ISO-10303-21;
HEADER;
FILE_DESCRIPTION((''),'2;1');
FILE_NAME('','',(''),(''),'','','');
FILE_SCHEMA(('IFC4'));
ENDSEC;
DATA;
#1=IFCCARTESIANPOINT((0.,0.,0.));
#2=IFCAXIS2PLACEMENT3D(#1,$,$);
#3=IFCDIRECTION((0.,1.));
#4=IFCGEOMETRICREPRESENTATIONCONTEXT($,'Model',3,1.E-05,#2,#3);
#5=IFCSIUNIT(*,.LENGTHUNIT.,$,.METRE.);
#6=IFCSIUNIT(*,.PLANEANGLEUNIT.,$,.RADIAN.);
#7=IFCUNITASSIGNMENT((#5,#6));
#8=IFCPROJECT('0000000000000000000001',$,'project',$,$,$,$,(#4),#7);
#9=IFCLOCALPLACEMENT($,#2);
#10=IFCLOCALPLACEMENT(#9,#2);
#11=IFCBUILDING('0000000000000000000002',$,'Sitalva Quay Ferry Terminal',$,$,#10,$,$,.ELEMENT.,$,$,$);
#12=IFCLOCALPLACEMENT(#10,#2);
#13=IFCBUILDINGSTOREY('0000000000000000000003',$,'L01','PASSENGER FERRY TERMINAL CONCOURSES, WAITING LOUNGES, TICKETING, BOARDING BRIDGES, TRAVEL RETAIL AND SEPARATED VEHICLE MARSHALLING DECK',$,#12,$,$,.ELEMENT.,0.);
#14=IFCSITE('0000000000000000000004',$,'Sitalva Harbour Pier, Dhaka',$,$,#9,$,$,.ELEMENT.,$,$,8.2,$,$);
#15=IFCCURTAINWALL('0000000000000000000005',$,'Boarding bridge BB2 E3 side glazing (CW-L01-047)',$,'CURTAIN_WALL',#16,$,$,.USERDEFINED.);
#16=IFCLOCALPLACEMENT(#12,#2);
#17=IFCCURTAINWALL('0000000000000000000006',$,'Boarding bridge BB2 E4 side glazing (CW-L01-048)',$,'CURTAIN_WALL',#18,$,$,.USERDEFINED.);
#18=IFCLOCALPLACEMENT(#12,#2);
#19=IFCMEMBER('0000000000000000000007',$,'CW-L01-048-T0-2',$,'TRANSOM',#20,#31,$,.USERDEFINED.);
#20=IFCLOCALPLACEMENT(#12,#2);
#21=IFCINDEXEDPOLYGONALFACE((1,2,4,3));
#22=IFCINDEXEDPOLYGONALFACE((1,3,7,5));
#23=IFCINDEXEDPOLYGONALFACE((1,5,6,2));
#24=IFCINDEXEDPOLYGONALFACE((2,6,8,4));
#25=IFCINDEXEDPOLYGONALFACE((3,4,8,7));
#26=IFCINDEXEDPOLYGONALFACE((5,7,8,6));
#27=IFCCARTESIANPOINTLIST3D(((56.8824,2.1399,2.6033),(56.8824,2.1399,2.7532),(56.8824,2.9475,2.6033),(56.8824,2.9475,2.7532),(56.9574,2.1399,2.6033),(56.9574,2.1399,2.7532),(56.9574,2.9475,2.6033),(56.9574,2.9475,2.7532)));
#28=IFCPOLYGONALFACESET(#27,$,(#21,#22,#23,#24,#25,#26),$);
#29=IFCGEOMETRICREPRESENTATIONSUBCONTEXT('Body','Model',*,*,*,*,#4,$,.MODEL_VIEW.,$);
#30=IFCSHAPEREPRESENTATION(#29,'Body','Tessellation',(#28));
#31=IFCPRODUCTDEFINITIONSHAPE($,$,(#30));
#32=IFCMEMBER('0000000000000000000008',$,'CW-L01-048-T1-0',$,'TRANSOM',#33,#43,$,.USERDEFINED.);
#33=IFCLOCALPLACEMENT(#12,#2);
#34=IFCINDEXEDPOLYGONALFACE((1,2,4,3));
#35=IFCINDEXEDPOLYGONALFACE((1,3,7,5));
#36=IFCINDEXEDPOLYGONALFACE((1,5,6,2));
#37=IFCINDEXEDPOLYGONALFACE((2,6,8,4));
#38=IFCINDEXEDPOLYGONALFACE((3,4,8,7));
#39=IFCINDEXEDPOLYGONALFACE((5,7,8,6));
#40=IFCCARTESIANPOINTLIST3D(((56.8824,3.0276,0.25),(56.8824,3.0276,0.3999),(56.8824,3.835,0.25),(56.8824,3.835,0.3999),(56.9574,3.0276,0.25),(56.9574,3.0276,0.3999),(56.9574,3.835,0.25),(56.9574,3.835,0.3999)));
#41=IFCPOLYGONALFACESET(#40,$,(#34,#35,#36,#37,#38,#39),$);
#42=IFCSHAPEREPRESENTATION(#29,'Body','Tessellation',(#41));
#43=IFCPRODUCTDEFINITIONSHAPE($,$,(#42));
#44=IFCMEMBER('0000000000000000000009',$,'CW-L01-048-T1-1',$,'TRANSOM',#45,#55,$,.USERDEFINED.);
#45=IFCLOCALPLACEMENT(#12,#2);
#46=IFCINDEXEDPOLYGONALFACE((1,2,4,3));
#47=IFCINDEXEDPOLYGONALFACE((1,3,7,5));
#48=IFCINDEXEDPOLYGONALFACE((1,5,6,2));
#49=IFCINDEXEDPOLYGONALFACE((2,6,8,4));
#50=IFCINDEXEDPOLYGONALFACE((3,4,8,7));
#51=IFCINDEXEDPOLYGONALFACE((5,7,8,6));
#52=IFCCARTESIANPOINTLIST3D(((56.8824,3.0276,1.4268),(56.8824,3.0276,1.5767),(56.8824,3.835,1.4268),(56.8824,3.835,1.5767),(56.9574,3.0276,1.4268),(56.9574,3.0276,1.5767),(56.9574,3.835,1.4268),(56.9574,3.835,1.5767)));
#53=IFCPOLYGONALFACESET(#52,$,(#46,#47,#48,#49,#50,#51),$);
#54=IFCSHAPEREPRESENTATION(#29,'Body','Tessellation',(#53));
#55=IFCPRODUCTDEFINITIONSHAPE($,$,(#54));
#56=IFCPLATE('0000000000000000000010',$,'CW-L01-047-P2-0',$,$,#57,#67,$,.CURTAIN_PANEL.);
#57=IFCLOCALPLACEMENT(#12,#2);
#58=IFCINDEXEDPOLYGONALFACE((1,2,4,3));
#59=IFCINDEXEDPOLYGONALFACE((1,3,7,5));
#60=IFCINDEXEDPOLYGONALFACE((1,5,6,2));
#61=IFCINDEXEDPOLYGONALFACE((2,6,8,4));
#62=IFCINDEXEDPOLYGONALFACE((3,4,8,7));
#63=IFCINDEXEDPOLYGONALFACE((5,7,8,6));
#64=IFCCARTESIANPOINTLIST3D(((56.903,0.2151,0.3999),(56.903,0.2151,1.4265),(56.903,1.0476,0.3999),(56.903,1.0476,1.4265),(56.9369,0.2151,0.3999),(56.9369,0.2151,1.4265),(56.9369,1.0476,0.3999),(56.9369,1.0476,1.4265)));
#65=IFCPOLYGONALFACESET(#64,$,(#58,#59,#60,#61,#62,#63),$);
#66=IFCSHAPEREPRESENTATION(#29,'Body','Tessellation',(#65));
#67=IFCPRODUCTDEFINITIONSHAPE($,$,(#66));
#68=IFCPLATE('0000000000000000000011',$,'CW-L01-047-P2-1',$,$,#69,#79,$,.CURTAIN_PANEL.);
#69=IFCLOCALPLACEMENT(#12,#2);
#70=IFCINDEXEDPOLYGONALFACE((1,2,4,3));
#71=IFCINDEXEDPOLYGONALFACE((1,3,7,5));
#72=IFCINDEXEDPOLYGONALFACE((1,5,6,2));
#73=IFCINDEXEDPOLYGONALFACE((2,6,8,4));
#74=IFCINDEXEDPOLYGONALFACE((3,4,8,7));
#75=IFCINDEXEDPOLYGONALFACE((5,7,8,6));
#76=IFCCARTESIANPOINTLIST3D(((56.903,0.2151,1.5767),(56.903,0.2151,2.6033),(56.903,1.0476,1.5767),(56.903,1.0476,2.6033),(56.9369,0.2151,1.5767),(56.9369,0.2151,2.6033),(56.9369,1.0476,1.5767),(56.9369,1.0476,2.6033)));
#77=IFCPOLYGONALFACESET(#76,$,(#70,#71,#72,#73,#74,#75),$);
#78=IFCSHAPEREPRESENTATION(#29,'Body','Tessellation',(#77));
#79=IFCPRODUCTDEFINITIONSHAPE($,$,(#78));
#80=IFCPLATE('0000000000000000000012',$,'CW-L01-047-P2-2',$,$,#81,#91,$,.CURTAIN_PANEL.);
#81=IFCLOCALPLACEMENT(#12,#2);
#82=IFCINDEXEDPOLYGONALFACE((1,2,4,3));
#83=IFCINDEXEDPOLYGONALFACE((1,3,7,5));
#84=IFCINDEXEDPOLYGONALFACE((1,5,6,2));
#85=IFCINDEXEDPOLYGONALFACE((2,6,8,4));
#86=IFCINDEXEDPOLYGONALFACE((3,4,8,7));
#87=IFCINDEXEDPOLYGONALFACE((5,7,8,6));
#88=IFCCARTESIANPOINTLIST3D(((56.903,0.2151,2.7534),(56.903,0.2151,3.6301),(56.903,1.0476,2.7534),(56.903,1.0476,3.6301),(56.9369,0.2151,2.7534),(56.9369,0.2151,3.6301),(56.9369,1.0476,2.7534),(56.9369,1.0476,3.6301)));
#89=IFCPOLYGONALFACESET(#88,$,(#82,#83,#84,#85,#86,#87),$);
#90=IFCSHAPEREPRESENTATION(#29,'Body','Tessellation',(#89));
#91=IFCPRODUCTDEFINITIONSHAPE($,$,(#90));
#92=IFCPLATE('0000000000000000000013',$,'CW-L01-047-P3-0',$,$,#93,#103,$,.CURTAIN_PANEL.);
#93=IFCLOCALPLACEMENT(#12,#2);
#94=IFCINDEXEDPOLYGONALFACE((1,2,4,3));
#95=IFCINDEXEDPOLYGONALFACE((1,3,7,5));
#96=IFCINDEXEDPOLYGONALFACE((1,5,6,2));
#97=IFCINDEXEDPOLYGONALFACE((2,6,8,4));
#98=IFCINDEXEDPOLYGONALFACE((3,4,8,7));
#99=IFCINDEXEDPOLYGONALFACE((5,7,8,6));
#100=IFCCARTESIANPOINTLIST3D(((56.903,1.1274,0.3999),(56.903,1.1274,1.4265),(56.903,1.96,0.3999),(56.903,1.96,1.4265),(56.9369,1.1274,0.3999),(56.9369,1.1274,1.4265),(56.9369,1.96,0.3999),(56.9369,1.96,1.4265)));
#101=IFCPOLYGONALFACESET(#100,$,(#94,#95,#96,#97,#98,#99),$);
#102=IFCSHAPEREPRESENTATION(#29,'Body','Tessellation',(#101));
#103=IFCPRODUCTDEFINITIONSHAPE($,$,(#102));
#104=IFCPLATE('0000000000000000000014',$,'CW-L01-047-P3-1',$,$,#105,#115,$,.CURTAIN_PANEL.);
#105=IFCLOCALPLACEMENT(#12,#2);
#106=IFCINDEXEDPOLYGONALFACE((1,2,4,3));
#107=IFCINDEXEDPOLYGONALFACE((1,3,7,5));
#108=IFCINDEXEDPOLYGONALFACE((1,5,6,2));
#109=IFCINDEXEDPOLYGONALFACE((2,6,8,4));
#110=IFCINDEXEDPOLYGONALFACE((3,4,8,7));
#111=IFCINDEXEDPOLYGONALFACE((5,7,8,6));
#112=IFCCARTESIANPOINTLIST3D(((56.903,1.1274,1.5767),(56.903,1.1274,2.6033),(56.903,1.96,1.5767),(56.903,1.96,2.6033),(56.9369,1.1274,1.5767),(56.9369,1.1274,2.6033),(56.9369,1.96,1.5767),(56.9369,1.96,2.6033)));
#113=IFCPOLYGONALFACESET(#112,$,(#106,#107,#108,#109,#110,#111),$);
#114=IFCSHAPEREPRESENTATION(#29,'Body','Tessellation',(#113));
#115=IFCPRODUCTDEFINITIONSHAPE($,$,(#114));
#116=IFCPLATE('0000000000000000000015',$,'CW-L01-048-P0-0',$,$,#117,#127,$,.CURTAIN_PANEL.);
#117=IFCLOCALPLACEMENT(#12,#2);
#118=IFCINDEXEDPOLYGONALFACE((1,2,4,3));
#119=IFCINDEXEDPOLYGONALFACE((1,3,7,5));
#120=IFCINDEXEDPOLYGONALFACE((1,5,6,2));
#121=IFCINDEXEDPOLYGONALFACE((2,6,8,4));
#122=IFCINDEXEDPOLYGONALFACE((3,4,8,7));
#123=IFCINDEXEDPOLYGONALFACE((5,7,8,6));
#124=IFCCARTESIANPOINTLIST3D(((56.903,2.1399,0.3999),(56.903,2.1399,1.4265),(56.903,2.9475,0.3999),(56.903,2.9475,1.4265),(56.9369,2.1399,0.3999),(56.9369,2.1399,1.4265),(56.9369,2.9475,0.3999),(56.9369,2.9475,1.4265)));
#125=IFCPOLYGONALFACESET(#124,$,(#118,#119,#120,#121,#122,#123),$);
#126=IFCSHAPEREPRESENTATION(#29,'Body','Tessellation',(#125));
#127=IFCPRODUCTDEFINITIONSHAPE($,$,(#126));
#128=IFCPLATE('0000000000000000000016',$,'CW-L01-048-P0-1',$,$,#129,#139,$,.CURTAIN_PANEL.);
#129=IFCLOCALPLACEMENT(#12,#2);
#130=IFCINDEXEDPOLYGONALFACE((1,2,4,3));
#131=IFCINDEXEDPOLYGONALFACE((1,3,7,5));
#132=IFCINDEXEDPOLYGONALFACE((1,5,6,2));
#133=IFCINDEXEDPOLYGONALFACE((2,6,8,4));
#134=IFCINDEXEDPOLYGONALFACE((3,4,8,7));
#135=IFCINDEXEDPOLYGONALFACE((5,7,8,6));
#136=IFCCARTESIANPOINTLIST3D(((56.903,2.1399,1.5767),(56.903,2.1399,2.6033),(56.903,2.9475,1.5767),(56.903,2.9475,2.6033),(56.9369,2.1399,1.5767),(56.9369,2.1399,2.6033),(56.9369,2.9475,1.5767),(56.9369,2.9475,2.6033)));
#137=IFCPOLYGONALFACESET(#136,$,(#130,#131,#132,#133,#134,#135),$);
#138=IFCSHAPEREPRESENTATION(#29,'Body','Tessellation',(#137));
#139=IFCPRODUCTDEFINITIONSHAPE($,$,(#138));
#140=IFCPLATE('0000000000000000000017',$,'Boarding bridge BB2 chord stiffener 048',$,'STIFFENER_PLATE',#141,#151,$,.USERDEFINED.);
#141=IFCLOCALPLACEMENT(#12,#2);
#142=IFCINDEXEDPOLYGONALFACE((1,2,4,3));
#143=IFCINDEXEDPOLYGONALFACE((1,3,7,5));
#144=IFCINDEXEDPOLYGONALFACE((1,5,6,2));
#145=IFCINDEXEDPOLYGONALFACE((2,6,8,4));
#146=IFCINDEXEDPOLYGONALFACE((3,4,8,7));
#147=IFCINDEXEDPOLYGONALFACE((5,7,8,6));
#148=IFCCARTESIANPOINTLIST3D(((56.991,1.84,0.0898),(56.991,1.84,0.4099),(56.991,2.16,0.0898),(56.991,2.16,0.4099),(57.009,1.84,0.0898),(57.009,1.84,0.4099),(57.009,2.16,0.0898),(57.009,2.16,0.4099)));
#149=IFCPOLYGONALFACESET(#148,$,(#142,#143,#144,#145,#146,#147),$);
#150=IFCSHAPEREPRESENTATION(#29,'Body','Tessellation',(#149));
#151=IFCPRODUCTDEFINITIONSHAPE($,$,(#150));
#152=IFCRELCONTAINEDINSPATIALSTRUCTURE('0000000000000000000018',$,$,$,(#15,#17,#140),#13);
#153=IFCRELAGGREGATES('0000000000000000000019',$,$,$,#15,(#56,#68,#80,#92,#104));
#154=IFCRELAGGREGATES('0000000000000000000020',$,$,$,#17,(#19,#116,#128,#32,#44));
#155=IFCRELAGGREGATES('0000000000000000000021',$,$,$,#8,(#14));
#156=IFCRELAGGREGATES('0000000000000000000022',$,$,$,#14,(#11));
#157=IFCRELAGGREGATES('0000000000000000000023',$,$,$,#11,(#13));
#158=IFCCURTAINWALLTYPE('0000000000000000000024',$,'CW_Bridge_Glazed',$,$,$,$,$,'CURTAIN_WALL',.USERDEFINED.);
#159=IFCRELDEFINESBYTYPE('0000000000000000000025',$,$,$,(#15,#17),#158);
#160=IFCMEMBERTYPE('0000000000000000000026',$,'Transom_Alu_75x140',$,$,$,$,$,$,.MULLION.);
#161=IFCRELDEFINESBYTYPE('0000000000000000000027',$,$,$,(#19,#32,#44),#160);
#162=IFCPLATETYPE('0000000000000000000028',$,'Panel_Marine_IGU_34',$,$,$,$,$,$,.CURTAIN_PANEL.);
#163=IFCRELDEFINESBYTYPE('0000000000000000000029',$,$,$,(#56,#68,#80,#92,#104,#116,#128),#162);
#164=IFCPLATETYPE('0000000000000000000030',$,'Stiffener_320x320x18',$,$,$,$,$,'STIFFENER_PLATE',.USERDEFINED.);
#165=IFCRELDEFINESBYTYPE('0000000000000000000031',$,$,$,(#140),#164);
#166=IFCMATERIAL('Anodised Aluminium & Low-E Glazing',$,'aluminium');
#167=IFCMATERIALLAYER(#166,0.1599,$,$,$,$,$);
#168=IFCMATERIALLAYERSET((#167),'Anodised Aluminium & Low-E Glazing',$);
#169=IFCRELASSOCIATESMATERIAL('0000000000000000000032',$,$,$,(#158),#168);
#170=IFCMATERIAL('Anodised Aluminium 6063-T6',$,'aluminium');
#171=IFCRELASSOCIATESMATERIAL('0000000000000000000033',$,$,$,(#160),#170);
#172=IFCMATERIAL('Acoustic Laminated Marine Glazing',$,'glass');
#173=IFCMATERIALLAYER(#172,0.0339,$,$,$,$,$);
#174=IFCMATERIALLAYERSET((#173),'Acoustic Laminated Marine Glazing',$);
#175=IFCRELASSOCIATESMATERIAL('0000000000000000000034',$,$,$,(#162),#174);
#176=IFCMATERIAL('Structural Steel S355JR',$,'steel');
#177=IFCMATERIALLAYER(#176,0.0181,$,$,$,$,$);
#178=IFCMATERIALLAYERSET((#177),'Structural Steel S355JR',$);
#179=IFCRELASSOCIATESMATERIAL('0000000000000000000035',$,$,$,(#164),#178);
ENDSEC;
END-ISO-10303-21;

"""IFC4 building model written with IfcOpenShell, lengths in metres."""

from ifc_helpers import new_model, si_unit, direction, frame, origin, origin_2d, place, context, subcontext, project, spatial, rectangle, extrude, material, layer, layer_set, material_profile, profile_set, type_object, element, aggregate, save


model = new_model("IFC4")

# Units and contexts
model_context = context("Model", 3, precision=1e-05, world=origin(), true_north=direction((0.0, 1.0)))
body_context = subcontext(model_context, "Body", "Model", "MODEL_VIEW")
ifc_project = project(units=[si_unit("LENGTHUNIT", "METRE"), si_unit("PLANEANGLEUNIT", "RADIAN")], contexts=[model_context])

# Site, building, storey
site_placement = place(None, origin())
site = spatial("IfcSite", under=ifc_project, at=site_placement, Name="Sitalva Harbour Pier, Dhaka", CompositionType="ELEMENT", RefElevation=8.2)
building_placement = place(site_placement, origin())
building = spatial("IfcBuilding", under=site, at=building_placement, Name="Sitalva Quay Ferry Terminal", CompositionType="ELEMENT")
storey_placement = place(building_placement, origin())
storey = spatial("IfcBuildingStorey", under=building, at=storey_placement, Name="L01", Description="PASSENGER FERRY TERMINAL CONCOURSES, WAITING LOUNGES, TICKETING, BOARDING BRIDGES, TRAVEL RETAIL AND SEPARATED VEHICLE MARSHALLING DECK", CompositionType="ELEMENT", Elevation=0.0)

# Curtain walls
ifc_material_1 = material(Name="Anodised Aluminium & Low-E Glazing", Category="aluminium")
ifc_layer_1 = layer(ifc_material_1, 0.1599)
ifc_layer_set_1 = layer_set([ifc_layer_1], Name="Anodised Aluminium & Low-E Glazing")
curtain_wall_type = type_object("IfcCurtainWallType", Name="CW_Bridge_Glazed", ElementType="CURTAIN_WALL", PredefinedType="USERDEFINED", material=ifc_layer_set_1)
curtain_wall_1_placement = place(storey_placement, origin())
curtain_wall_1 = element("IfcCurtainWall", 1, at=curtain_wall_1_placement, inside=storey, type_object=curtain_wall_type, Name="Boarding bridge BB2 E3 side glazing (CW-L01-047)", ObjectType="CURTAIN_WALL", PredefinedType="USERDEFINED")
curtain_wall_2_placement = place(storey_placement, origin())
curtain_wall_2 = element("IfcCurtainWall", 2, at=curtain_wall_2_placement, inside=storey, type_object=curtain_wall_type, Name="Boarding bridge BB2 E4 side glazing (CW-L01-048)", ObjectType="CURTAIN_WALL", PredefinedType="USERDEFINED")

# Members
ifc_material_2 = material(Name="Anodised Aluminium 6063-T6", Category="aluminium")
ifc_material_profile_1 = material_profile(ifc_material_2, rectangle(XDim=0.075, YDim=0.1499, at=origin_2d()), Name="ALU75x150")
ifc_profile_set_1 = profile_set([ifc_material_profile_1], Name="Anodised Aluminium 6063-T6")
member_type_1 = type_object("IfcMemberType", Name="Transom_Alu_75x140", PredefinedType="MULLION", material=ifc_profile_set_1)
member_1_placement = place(storey_placement, frame((56.9199, 2.1399, 2.6782), z_axis=(0.0, 1.0, 0.0), x_axis=(-1.0, 0.0, 0.0)))
member_1 = element("IfcMember", 3, at=member_1_placement, type_object=member_type_1, Name="CW-L01-048-T0-2", ObjectType="TRANSOM", PredefinedType="USERDEFINED", context=body_context, shape_type="SweptSolid", body=[
    extrude(rectangle(XDim=0.075, YDim=0.1499, at=origin_2d()), origin(), (0.0, 0.0, 1.0), 0.8076),
])
member_2_placement = place(storey_placement, frame((56.9199, 3.0276, 0.325), z_axis=(0.0, 1.0, 0.0), x_axis=(-1.0, 0.0, 0.0)))
member_2 = element("IfcMember", 4, at=member_2_placement, type_object=member_type_1, Name="CW-L01-048-T1-0", ObjectType="TRANSOM", PredefinedType="USERDEFINED", context=body_context, shape_type="SweptSolid", body=[
    extrude(rectangle(XDim=0.075, YDim=0.1499, at=origin_2d()), origin(), (0.0, 0.0, 1.0), 0.8074),
])
member_3_placement = place(storey_placement, frame((56.9199, 3.0276, 1.5017), z_axis=(0.0, 1.0, 0.0), x_axis=(-1.0, 0.0, 0.0)))
member_3 = element("IfcMember", 5, at=member_3_placement, type_object=member_type_1, Name="CW-L01-048-T1-1", ObjectType="TRANSOM", PredefinedType="USERDEFINED", context=body_context, shape_type="SweptSolid", body=[
    extrude(rectangle(XDim=0.075, YDim=0.1499, at=origin_2d()), origin(), (0.0, 0.0, 1.0), 0.8074),
])

# Plates
ifc_material_3 = material(Name="Acoustic Laminated Marine Glazing", Category="glass")
ifc_layer_2 = layer(ifc_material_3, 0.0339)
ifc_layer_set_2 = layer_set([ifc_layer_2], Name="Acoustic Laminated Marine Glazing")
plate_type_1 = type_object("IfcPlateType", Name="Panel_Marine_IGU_34", PredefinedType="CURTAIN_PANEL", material=ifc_layer_set_2)
plate_1_placement = place(storey_placement, frame((56.9199, 0.6313, 0.3999), z_axis=(0.0, 0.0, 1.0), x_axis=(0.0, 1.0, 0.0)))
plate_1 = element("IfcPlate", 6, at=plate_1_placement, type_object=plate_type_1, Name="CW-L01-047-P2-0", PredefinedType="CURTAIN_PANEL", context=body_context, shape_type="SweptSolid", body=[
    extrude(rectangle(XDim=0.8325, YDim=0.0339, at=origin_2d()), origin(), (0.0, 0.0, 1.0), 1.0266),
])
plate_2_placement = place(storey_placement, frame((56.9199, 0.6313, 1.5767), z_axis=(0.0, 0.0, 1.0), x_axis=(0.0, 1.0, 0.0)))
plate_2 = element("IfcPlate", 7, at=plate_2_placement, type_object=plate_type_1, Name="CW-L01-047-P2-1", PredefinedType="CURTAIN_PANEL", context=body_context, shape_type="SweptSolid", body=[
    extrude(rectangle(XDim=0.8325, YDim=0.0339, at=origin_2d()), origin(), (0.0, 0.0, 1.0), 1.0266),
])
plate_3_placement = place(storey_placement, frame((56.9199, 0.6313, 2.7534), z_axis=(0.0, 0.0, 1.0), x_axis=(0.0, 1.0, 0.0)))
plate_3 = element("IfcPlate", 8, at=plate_3_placement, type_object=plate_type_1, Name="CW-L01-047-P2-2", PredefinedType="CURTAIN_PANEL", context=body_context, shape_type="SweptSolid", body=[
    extrude(rectangle(XDim=0.8325, YDim=0.0339, at=origin_2d()), origin(), (0.0, 0.0, 1.0), 0.8767),
])
plate_4_placement = place(storey_placement, frame((56.9199, 1.5437, 0.3999), z_axis=(0.0, 0.0, 1.0), x_axis=(0.0, 1.0, 0.0)))
plate_4 = element("IfcPlate", 9, at=plate_4_placement, type_object=plate_type_1, Name="CW-L01-047-P3-0", PredefinedType="CURTAIN_PANEL", context=body_context, shape_type="SweptSolid", body=[
    extrude(rectangle(XDim=0.8325, YDim=0.0339, at=origin_2d()), origin(), (0.0, 0.0, 1.0), 1.0266),
])
plate_5_placement = place(storey_placement, frame((56.9199, 1.5437, 1.5767), z_axis=(0.0, 0.0, 1.0), x_axis=(0.0, 1.0, 0.0)))
plate_5 = element("IfcPlate", 10, at=plate_5_placement, type_object=plate_type_1, Name="CW-L01-047-P3-1", PredefinedType="CURTAIN_PANEL", context=body_context, shape_type="SweptSolid", body=[
    extrude(rectangle(XDim=0.8325, YDim=0.0339, at=origin_2d()), origin(), (0.0, 0.0, 1.0), 1.0266),
])
aggregate(curtain_wall_1, [plate_1, plate_2, plate_3, plate_4, plate_5])
plate_6_placement = place(storey_placement, frame((56.9199, 2.5437, 0.3999), z_axis=(0.0, 0.0, 1.0), x_axis=(0.0, 1.0, 0.0)))
plate_6 = element("IfcPlate", 11, at=plate_6_placement, type_object=plate_type_1, Name="CW-L01-048-P0-0", PredefinedType="CURTAIN_PANEL", context=body_context, shape_type="SweptSolid", body=[
    extrude(rectangle(XDim=0.8076, YDim=0.0339, at=origin_2d()), origin(), (0.0, 0.0, 1.0), 1.0266),
])
plate_7_placement = place(storey_placement, frame((56.9199, 2.5437, 1.5767), z_axis=(0.0, 0.0, 1.0), x_axis=(0.0, 1.0, 0.0)))
plate_7 = element("IfcPlate", 12, at=plate_7_placement, type_object=plate_type_1, Name="CW-L01-048-P0-1", PredefinedType="CURTAIN_PANEL", context=body_context, shape_type="SweptSolid", body=[
    extrude(rectangle(XDim=0.8076, YDim=0.0339, at=origin_2d()), origin(), (0.0, 0.0, 1.0), 1.0266),
])
aggregate(curtain_wall_2, [member_1, plate_6, plate_7, member_2, member_3])
ifc_material_4 = material(Name="Structural Steel S355JR", Category="steel")
ifc_layer_3 = layer(ifc_material_4, 0.0181)
ifc_layer_set_3 = layer_set([ifc_layer_3], Name="Structural Steel S355JR")
plate_type_2 = type_object("IfcPlateType", Name="Stiffener_320x320x18", ElementType="STIFFENER_PLATE", PredefinedType="USERDEFINED", material=ifc_layer_set_3)
plate_8_placement = place(storey_placement, frame((57.0, 2.0, 0.0898), z_axis=(0.0, 0.0, 1.0), x_axis=(1.0, 0.0, 0.0)))
element("IfcPlate", 13, at=plate_8_placement, inside=storey, type_object=plate_type_2, Name="Boarding bridge BB2 chord stiffener 048", ObjectType="STIFFENER_PLATE", PredefinedType="USERDEFINED", context=body_context, shape_type="SweptSolid", body=[
    extrude(rectangle(XDim=0.0181, YDim=0.3201, at=origin_2d()), origin(), (0.0, 0.0, 1.0), 0.3201),
])

save(model, "model.ifc")
